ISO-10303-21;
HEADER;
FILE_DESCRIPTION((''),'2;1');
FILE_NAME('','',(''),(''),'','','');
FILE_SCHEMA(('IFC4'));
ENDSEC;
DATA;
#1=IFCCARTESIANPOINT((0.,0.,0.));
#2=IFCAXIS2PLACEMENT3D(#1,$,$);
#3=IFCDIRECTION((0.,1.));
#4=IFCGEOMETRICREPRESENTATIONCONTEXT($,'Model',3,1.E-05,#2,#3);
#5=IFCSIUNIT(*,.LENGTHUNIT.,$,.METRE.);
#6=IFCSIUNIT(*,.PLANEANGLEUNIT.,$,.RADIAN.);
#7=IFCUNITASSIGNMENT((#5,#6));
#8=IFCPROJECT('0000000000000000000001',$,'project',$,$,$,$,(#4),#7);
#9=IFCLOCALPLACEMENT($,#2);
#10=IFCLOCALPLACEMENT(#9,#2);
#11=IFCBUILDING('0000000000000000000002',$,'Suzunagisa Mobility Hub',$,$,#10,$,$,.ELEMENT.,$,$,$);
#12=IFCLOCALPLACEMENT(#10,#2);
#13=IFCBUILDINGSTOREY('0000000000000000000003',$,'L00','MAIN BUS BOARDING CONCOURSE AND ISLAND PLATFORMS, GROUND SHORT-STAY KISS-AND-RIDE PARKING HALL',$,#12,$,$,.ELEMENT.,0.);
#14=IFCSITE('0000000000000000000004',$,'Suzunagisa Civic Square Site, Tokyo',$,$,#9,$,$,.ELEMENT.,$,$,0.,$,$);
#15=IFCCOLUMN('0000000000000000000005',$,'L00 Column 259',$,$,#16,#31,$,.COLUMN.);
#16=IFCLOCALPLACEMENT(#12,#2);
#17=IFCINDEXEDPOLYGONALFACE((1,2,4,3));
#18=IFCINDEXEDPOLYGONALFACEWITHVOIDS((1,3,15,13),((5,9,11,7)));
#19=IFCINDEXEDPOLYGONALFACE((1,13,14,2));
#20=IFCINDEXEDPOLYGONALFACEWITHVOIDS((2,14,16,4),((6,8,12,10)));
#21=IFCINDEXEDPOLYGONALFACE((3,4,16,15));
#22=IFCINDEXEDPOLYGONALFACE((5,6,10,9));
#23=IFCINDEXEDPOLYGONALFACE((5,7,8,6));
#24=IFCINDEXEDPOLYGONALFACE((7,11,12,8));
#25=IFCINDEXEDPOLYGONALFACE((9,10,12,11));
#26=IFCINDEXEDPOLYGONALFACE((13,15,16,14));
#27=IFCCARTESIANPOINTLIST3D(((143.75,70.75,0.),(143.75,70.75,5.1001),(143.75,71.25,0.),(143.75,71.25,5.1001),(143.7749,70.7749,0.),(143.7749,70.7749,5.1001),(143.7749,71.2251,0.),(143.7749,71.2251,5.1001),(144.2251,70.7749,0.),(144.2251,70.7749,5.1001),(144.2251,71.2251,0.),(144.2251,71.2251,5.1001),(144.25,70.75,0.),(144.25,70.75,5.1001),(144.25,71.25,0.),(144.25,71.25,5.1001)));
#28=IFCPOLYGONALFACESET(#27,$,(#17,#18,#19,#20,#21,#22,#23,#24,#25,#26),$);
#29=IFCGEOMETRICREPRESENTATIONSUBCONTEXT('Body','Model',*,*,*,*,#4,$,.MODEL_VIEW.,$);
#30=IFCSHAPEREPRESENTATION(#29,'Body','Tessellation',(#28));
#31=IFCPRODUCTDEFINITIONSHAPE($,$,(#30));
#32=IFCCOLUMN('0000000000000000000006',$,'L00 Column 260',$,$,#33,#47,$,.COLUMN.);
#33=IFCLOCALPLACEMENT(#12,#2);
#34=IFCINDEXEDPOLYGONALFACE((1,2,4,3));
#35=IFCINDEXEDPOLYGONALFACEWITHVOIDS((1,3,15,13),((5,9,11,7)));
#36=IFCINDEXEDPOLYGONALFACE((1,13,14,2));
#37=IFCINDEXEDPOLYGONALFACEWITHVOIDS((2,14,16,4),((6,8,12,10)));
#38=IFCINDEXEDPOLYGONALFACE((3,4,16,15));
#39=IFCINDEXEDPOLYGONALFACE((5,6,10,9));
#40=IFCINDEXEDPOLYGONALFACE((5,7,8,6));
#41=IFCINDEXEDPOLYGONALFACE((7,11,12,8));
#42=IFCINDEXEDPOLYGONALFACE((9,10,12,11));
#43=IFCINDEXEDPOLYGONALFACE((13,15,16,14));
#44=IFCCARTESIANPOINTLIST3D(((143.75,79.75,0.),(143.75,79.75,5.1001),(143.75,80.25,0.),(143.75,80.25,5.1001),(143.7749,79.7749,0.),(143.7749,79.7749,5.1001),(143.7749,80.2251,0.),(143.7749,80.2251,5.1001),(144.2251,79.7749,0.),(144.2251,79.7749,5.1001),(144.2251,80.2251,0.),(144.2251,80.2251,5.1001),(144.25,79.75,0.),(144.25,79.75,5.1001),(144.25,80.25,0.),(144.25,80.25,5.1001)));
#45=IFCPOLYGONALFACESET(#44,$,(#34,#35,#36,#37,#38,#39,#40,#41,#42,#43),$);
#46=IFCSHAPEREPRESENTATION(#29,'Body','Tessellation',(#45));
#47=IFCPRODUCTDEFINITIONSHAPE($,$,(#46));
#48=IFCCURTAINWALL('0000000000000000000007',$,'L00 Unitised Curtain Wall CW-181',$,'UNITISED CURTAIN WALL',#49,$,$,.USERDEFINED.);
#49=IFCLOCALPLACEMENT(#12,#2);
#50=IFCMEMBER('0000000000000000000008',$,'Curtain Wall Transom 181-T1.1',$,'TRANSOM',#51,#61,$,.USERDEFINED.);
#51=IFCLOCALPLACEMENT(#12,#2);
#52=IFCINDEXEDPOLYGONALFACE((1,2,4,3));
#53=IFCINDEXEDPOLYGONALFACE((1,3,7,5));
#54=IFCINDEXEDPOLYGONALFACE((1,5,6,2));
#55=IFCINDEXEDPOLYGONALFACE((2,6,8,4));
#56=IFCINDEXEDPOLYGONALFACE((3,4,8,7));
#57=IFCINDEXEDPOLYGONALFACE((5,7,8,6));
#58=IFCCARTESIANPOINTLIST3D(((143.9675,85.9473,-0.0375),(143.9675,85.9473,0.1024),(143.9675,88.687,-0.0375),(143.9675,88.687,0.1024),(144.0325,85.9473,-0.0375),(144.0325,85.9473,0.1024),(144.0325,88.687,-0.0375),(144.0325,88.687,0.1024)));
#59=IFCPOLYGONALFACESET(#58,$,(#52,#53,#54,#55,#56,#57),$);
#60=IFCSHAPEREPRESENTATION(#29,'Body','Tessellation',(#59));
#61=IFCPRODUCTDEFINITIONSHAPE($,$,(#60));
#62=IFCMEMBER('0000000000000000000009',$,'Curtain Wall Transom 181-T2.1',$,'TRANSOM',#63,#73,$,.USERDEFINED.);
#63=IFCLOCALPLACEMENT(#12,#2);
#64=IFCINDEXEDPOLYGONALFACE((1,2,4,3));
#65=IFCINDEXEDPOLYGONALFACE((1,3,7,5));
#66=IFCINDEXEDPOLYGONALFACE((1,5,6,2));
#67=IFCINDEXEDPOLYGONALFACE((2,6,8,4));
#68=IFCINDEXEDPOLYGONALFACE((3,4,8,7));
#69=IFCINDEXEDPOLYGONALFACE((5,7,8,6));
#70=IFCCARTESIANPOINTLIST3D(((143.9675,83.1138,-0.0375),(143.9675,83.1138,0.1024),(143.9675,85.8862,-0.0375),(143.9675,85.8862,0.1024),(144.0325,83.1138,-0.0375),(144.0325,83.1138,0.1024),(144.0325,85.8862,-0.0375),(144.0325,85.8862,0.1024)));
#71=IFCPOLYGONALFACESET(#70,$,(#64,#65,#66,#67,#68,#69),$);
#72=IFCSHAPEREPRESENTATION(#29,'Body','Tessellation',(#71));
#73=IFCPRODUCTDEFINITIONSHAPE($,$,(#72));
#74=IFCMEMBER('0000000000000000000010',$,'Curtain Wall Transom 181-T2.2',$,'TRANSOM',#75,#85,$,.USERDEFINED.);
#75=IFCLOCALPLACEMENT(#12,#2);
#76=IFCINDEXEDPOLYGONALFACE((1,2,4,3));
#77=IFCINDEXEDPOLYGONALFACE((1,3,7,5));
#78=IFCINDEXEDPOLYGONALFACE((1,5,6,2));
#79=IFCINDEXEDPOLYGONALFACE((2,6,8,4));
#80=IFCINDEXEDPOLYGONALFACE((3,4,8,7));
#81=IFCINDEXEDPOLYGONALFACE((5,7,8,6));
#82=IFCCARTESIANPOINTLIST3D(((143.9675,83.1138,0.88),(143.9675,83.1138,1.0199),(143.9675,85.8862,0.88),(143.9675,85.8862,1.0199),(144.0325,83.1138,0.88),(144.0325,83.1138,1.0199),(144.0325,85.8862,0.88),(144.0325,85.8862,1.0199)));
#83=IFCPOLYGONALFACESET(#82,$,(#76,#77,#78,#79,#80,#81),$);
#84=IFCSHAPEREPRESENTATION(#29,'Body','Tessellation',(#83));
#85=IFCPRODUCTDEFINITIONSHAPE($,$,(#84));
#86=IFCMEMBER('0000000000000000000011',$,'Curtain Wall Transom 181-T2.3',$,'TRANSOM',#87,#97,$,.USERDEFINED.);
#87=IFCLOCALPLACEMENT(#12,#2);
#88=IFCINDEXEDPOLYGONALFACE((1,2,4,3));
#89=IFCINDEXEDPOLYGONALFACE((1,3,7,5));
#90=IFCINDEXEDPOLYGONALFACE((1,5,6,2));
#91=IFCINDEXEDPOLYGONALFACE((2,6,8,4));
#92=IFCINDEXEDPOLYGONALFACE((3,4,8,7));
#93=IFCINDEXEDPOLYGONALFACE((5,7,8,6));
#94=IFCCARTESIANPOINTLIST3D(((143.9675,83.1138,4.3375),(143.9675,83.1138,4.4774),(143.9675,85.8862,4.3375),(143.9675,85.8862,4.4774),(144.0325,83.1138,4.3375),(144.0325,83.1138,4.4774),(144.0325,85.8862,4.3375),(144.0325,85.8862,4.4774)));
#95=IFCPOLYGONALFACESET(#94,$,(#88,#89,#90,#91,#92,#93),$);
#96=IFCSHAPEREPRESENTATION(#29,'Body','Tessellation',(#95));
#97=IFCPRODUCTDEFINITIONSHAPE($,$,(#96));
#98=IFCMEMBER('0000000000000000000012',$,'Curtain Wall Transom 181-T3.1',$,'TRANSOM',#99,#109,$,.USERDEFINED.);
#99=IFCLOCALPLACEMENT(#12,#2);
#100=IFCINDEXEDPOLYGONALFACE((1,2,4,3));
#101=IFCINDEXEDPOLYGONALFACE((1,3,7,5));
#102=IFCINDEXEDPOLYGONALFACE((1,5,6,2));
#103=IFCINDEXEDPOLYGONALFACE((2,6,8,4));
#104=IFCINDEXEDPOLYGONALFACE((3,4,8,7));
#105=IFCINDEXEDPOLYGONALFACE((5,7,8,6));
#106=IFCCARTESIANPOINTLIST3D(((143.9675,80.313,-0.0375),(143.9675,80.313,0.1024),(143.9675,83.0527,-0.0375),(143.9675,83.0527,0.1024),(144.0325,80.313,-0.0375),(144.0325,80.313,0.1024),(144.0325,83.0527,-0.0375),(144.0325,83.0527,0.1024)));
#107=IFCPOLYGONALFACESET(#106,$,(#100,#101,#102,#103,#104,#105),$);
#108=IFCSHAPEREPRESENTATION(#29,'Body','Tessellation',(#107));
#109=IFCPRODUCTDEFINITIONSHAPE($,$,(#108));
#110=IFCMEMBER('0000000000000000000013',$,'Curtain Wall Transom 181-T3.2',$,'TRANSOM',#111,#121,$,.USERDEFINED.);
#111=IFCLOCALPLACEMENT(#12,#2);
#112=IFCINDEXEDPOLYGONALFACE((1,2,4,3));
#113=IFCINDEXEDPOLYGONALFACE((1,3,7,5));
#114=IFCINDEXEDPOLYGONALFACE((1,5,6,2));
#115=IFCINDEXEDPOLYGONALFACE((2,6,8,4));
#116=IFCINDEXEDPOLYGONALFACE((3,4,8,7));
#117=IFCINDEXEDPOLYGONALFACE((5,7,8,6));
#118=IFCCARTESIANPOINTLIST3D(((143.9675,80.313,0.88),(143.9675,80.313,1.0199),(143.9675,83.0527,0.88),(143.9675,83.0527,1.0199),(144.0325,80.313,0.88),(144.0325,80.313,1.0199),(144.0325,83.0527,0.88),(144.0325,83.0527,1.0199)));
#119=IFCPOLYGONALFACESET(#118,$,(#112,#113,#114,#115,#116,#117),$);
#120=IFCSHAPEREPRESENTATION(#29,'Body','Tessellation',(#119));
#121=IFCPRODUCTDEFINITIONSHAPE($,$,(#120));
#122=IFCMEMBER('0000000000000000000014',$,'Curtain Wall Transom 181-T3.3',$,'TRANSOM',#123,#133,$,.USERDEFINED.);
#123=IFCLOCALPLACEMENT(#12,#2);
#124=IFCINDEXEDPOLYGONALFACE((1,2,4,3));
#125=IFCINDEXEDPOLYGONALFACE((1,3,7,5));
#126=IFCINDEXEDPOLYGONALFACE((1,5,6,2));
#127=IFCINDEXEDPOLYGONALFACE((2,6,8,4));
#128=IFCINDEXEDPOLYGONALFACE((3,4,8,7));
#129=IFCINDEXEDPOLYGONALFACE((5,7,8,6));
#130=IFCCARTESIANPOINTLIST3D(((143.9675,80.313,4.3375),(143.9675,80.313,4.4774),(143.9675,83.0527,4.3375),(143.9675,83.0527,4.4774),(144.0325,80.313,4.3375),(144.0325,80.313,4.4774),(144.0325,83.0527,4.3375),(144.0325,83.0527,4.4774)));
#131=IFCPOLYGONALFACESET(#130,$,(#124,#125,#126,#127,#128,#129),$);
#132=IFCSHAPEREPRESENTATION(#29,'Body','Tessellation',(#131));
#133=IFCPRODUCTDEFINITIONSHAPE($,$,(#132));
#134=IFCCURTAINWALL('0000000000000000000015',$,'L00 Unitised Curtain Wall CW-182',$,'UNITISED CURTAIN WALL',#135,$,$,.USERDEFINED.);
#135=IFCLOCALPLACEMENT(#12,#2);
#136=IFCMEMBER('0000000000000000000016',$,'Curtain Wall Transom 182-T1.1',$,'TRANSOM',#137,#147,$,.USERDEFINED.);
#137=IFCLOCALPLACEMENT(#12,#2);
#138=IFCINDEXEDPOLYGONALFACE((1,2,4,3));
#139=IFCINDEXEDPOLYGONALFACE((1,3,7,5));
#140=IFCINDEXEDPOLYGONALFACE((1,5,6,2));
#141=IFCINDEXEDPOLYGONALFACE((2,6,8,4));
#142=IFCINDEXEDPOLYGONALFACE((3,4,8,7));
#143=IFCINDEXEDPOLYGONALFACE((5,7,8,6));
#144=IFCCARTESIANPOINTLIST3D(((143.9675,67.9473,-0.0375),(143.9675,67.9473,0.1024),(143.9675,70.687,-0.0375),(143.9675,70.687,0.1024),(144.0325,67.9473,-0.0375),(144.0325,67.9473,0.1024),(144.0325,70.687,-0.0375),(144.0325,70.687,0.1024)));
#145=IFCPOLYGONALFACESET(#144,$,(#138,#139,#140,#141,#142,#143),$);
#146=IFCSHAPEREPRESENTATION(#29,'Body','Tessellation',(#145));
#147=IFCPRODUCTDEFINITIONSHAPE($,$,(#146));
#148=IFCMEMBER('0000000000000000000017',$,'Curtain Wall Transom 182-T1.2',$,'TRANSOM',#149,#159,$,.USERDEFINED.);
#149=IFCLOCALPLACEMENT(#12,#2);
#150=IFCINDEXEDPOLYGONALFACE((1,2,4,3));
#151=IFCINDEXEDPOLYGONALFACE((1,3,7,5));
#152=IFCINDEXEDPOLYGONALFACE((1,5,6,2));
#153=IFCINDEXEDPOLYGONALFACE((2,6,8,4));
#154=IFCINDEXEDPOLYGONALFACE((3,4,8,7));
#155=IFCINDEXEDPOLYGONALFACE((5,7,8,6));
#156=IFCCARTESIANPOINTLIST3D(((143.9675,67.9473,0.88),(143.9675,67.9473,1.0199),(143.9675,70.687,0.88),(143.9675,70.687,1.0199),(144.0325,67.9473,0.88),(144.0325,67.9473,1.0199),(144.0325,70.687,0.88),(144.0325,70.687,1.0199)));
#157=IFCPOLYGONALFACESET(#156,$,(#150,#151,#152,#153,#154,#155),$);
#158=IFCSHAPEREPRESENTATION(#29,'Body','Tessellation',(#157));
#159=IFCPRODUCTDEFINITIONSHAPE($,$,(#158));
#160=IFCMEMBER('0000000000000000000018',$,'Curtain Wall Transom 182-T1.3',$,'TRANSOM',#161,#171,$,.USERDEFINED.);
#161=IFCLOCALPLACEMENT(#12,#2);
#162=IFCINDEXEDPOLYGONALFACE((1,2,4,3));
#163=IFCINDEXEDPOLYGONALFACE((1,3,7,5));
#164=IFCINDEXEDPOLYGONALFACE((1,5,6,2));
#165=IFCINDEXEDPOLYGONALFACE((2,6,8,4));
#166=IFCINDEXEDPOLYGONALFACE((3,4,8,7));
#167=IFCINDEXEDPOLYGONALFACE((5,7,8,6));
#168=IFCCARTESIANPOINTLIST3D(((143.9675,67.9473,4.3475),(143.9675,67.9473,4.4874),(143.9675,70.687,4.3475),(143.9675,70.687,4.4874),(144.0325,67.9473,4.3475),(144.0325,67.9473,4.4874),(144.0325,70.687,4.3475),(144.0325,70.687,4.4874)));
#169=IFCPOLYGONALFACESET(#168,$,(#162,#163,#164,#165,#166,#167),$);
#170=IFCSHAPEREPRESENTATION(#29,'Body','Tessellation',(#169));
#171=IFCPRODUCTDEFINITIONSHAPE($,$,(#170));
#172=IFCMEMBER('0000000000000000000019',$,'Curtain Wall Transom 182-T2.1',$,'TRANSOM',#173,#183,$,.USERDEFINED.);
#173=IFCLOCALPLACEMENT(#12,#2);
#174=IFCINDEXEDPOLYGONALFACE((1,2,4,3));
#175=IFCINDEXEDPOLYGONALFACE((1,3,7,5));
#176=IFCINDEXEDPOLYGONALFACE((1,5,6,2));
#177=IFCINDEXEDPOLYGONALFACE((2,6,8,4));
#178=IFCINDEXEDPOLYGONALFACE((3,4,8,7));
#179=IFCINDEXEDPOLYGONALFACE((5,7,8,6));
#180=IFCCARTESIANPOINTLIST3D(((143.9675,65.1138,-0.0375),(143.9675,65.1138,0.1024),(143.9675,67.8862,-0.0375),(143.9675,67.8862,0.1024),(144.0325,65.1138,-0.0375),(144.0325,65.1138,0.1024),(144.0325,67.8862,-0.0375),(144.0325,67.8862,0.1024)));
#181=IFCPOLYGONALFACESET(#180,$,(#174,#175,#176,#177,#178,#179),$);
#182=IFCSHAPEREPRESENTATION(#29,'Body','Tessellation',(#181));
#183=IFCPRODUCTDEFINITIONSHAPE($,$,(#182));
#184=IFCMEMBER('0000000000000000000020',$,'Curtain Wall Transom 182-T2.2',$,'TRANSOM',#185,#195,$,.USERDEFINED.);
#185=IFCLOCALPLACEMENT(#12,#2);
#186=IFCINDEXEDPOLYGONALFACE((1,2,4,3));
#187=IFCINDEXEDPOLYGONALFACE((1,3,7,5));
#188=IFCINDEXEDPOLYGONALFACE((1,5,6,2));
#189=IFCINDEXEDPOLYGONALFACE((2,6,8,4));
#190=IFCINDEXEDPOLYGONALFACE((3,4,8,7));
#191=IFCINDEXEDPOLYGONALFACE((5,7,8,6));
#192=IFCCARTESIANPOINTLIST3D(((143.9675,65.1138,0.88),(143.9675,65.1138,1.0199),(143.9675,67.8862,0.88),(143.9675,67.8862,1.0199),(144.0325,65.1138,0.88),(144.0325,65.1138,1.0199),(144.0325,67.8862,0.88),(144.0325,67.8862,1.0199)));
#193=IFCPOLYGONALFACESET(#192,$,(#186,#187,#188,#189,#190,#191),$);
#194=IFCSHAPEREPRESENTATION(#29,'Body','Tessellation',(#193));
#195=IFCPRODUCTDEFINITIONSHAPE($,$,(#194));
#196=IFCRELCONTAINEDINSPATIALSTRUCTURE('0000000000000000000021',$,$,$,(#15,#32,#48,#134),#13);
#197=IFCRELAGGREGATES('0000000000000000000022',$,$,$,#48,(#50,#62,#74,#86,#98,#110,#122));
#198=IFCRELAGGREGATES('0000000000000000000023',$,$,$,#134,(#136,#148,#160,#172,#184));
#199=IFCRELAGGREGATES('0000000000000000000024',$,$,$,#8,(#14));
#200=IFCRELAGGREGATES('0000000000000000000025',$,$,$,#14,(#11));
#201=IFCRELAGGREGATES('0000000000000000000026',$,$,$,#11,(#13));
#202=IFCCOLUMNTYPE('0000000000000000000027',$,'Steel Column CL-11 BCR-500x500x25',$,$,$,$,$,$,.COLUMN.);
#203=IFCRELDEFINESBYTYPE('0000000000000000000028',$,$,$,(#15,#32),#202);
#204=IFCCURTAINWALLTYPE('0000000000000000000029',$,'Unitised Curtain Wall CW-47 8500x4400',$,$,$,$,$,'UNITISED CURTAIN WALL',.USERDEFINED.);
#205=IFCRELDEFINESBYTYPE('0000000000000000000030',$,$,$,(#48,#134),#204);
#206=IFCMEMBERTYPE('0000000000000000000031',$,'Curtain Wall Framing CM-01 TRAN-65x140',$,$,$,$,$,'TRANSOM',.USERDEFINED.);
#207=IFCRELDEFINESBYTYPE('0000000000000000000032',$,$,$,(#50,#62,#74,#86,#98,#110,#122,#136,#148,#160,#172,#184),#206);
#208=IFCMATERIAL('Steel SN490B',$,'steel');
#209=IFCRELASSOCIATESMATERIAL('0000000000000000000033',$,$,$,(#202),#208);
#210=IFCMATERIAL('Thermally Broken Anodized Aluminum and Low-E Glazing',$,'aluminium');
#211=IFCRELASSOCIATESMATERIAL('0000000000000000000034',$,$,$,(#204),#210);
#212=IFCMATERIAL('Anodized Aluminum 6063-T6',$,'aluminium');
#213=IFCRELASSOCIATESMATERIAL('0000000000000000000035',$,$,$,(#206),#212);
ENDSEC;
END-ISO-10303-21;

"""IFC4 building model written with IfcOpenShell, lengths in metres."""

from ifc_helpers import new_model, si_unit, direction, frame, origin, origin_2d, place, context, subcontext, project, spatial, rectangle, hollow_rectangle, extrude, material, material_profile, profile_set, type_object, element, aggregate, save


model = new_model("IFC4")

# Units and contexts
model_context = context("Model", 3, precision=1e-05, world=origin(), true_north=direction((0.0, 1.0)))
body_context = subcontext(model_context, "Body", "Model", "MODEL_VIEW")
ifc_project = project(units=[si_unit("LENGTHUNIT", "METRE"), si_unit("PLANEANGLEUNIT", "RADIAN")], contexts=[model_context])

# Site, building, storey
site_placement = place(None, origin())
site = spatial("IfcSite", under=ifc_project, at=site_placement, Name="Suzunagisa Civic Square Site, Tokyo", CompositionType="ELEMENT", RefElevation=0.0)
building_placement = place(site_placement, origin())
building = spatial("IfcBuilding", under=site, at=building_placement, Name="Suzunagisa Mobility Hub", CompositionType="ELEMENT")
storey_placement = place(building_placement, origin())
storey = spatial("IfcBuildingStorey", under=building, at=storey_placement, Name="L00", Description="MAIN BUS BOARDING CONCOURSE AND ISLAND PLATFORMS, GROUND SHORT-STAY KISS-AND-RIDE PARKING HALL", CompositionType="ELEMENT", Elevation=0.0)

# Columns
ifc_material_1 = material(Name="Steel SN490B", Category="steel")
ifc_material_profile_1 = material_profile(ifc_material_1, hollow_rectangle(XDim=0.5, YDim=0.5, WallThickness=0.0249, at=origin_2d()), Name="BCR-500x500x25")
ifc_profile_set_1 = profile_set([ifc_material_profile_1], Name="Steel SN490B")
column_type = type_object("IfcColumnType", Name="Steel Column CL-11 BCR-500x500x25", PredefinedType="COLUMN", material=ifc_profile_set_1)
for number, where, z_axis, x_axis, name in (
    (1, (144.0, 71.0, 0.0), (0.0, 0.0, 1.0), (1.0, 0.0, 0.0), "L00 Column 259"),
    (2, (144.0, 80.0, 0.0), (0.0, 0.0, 1.0), (1.0, 0.0, 0.0), "L00 Column 260"),
):
    element("IfcColumn", number, at=place(storey_placement, frame(where, z_axis=z_axis, x_axis=x_axis)), inside=storey, type_object=column_type, Name=name, PredefinedType="COLUMN", context=body_context, shape_type="SweptSolid", body=[
        extrude(hollow_rectangle(XDim=0.5, YDim=0.5, WallThickness=0.0249, at=origin_2d()), origin(), (0.0, 0.0, 1.0), 5.1001),
    ])

# Curtain walls, members
ifc_material_2 = material(Name="Thermally Broken Anodized Aluminum and Low-E Glazing", Category="aluminium")
curtain_wall_type_1 = type_object("IfcCurtainWallType", Name="Unitised Curtain Wall CW-47 8500x4400", ElementType="UNITISED CURTAIN WALL", PredefinedType="USERDEFINED", material=ifc_material_2)
curtain_wall_1_placement = place(storey_placement, origin())
curtain_wall_1 = element("IfcCurtainWall", 3, at=curtain_wall_1_placement, inside=storey, type_object=curtain_wall_type_1, Name="L00 Unitised Curtain Wall CW-181", ObjectType="UNITISED CURTAIN WALL", PredefinedType="USERDEFINED")
ifc_material_3 = material(Name="Anodized Aluminum 6063-T6", Category="aluminium")
ifc_material_profile_2 = material_profile(ifc_material_3, rectangle(XDim=0.0649, YDim=0.1399, at=origin_2d()), Name="TRAN-65x140")
ifc_profile_set_2 = profile_set([ifc_material_profile_2], Name="Anodized Aluminum 6063-T6")
member_type_1 = type_object("IfcMemberType", Name="Curtain Wall Framing CM-01 TRAN-65x140", ElementType="TRANSOM", PredefinedType="USERDEFINED", material=ifc_profile_set_2)
member_1_placement = place(storey_placement, frame((144.0, 88.687, 0.0325), z_axis=(0.0, -1.0, 0.0), x_axis=(1.0, 0.0, 0.0)))
member_1 = element("IfcMember", 4, at=member_1_placement, type_object=member_type_1, Name="Curtain Wall Transom 181-T1.1", ObjectType="TRANSOM", PredefinedType="USERDEFINED", context=body_context, shape_type="SweptSolid", body=[
    extrude(rectangle(XDim=0.0649, YDim=0.1399, at=origin_2d()), origin(), (0.0, 0.0, 1.0), 2.7397),
])
member_2_placement = place(storey_placement, frame((144.0, 85.8862, 0.0325), z_axis=(0.0, -1.0, 0.0), x_axis=(1.0, 0.0, 0.0)))
member_2 = element("IfcMember", 5, at=member_2_placement, type_object=member_type_1, Name="Curtain Wall Transom 181-T2.1", ObjectType="TRANSOM", PredefinedType="USERDEFINED", context=body_context, shape_type="SweptSolid", body=[
    extrude(rectangle(XDim=0.0649, YDim=0.1399, at=origin_2d()), origin(), (0.0, 0.0, 1.0), 2.7725),
])
member_3_placement = place(storey_placement, frame((144.0, 85.8862, 0.95), z_axis=(0.0, -1.0, 0.0), x_axis=(1.0, 0.0, 0.0)))
member_3 = element("IfcMember", 6, at=member_3_placement, type_object=member_type_1, Name="Curtain Wall Transom 181-T2.2", ObjectType="TRANSOM", PredefinedType="USERDEFINED", context=body_context, shape_type="SweptSolid", body=[
    extrude(rectangle(XDim=0.0649, YDim=0.1399, at=origin_2d()), origin(), (0.0, 0.0, 1.0), 2.7725),
])
member_4_placement = place(storey_placement, frame((144.0, 85.8862, 4.4075), z_axis=(0.0, -1.0, 0.0), x_axis=(1.0, 0.0, 0.0)))
member_4 = element("IfcMember", 7, at=member_4_placement, type_object=member_type_1, Name="Curtain Wall Transom 181-T2.3", ObjectType="TRANSOM", PredefinedType="USERDEFINED", context=body_context, shape_type="SweptSolid", body=[
    extrude(rectangle(XDim=0.0649, YDim=0.1399, at=origin_2d()), origin(), (0.0, 0.0, 1.0), 2.7725),
])
member_5_placement = place(storey_placement, frame((144.0, 83.0527, 0.0325), z_axis=(0.0, -1.0, 0.0), x_axis=(1.0, 0.0, 0.0)))
member_5 = element("IfcMember", 8, at=member_5_placement, type_object=member_type_1, Name="Curtain Wall Transom 181-T3.1", ObjectType="TRANSOM", PredefinedType="USERDEFINED", context=body_context, shape_type="SweptSolid", body=[
    extrude(rectangle(XDim=0.0649, YDim=0.1399, at=origin_2d()), origin(), (0.0, 0.0, 1.0), 2.7397),
])
member_6_placement = place(storey_placement, frame((144.0, 83.0527, 0.95), z_axis=(0.0, -1.0, 0.0), x_axis=(1.0, 0.0, 0.0)))
member_6 = element("IfcMember", 9, at=member_6_placement, type_object=member_type_1, Name="Curtain Wall Transom 181-T3.2", ObjectType="TRANSOM", PredefinedType="USERDEFINED", context=body_context, shape_type="SweptSolid", body=[
    extrude(rectangle(XDim=0.0649, YDim=0.1399, at=origin_2d()), origin(), (0.0, 0.0, 1.0), 2.7397),
])
member_7_placement = place(storey_placement, frame((144.0, 83.0527, 4.4075), z_axis=(0.0, -1.0, 0.0), x_axis=(1.0, 0.0, 0.0)))
member_7 = element("IfcMember", 10, at=member_7_placement, type_object=member_type_1, Name="Curtain Wall Transom 181-T3.3", ObjectType="TRANSOM", PredefinedType="USERDEFINED", context=body_context, shape_type="SweptSolid", body=[
    extrude(rectangle(XDim=0.0649, YDim=0.1399, at=origin_2d()), origin(), (0.0, 0.0, 1.0), 2.7397),
])
curtain_wall_2_placement = place(storey_placement, origin())
curtain_wall_2 = element("IfcCurtainWall", 11, at=curtain_wall_2_placement, inside=storey, type_object=curtain_wall_type_1, Name="L00 Unitised Curtain Wall CW-182", ObjectType="UNITISED CURTAIN WALL", PredefinedType="USERDEFINED")
member_8_placement = place(storey_placement, frame((144.0, 70.687, 0.0325), z_axis=(0.0, -1.0, 0.0), x_axis=(1.0, 0.0, 0.0)))
member_8 = element("IfcMember", 12, at=member_8_placement, type_object=member_type_1, Name="Curtain Wall Transom 182-T1.1", ObjectType="TRANSOM", PredefinedType="USERDEFINED", context=body_context, shape_type="SweptSolid", body=[
    extrude(rectangle(XDim=0.0649, YDim=0.1399, at=origin_2d()), origin(), (0.0, 0.0, 1.0), 2.7397),
])
member_9_placement = place(storey_placement, frame((144.0, 70.687, 0.95), z_axis=(0.0, -1.0, 0.0), x_axis=(1.0, 0.0, 0.0)))
member_9 = element("IfcMember", 13, at=member_9_placement, type_object=member_type_1, Name="Curtain Wall Transom 182-T1.2", ObjectType="TRANSOM", PredefinedType="USERDEFINED", context=body_context, shape_type="SweptSolid", body=[
    extrude(rectangle(XDim=0.0649, YDim=0.1399, at=origin_2d()), origin(), (0.0, 0.0, 1.0), 2.7397),
])
member_10_placement = place(storey_placement, frame((144.0, 70.687, 4.4175), z_axis=(0.0, -1.0, 0.0), x_axis=(1.0, 0.0, 0.0)))
member_10 = element("IfcMember", 14, at=member_10_placement, type_object=member_type_1, Name="Curtain Wall Transom 182-T1.3", ObjectType="TRANSOM", PredefinedType="USERDEFINED", context=body_context, shape_type="SweptSolid", body=[
    extrude(rectangle(XDim=0.0649, YDim=0.1399, at=origin_2d()), origin(), (0.0, 0.0, 1.0), 2.7397),
])
member_11_placement = place(storey_placement, frame((144.0, 67.8862, 0.0325), z_axis=(0.0, -1.0, 0.0), x_axis=(1.0, 0.0, 0.0)))
member_11 = element("IfcMember", 15, at=member_11_placement, type_object=member_type_1, Name="Curtain Wall Transom 182-T2.1", ObjectType="TRANSOM", PredefinedType="USERDEFINED", context=body_context, shape_type="SweptSolid", body=[
    extrude(rectangle(XDim=0.0649, YDim=0.1399, at=origin_2d()), origin(), (0.0, 0.0, 1.0), 2.7725),
])
member_12_placement = place(storey_placement, frame((144.0, 67.8862, 0.95), z_axis=(0.0, -1.0, 0.0), x_axis=(1.0, 0.0, 0.0)))
member_12 = element("IfcMember", 16, at=member_12_placement, type_object=member_type_1, Name="Curtain Wall Transom 182-T2.2", ObjectType="TRANSOM", PredefinedType="USERDEFINED", context=body_context, shape_type="SweptSolid", body=[
    extrude(rectangle(XDim=0.0649, YDim=0.1399, at=origin_2d()), origin(), (0.0, 0.0, 1.0), 2.7725),
])

aggregate(curtain_wall_1, [member_1, member_2, member_3, member_4, member_5, member_6, member_7])
aggregate(curtain_wall_2, [member_8, member_9, member_10, member_11, member_12])

save(model, "model.ifc")
